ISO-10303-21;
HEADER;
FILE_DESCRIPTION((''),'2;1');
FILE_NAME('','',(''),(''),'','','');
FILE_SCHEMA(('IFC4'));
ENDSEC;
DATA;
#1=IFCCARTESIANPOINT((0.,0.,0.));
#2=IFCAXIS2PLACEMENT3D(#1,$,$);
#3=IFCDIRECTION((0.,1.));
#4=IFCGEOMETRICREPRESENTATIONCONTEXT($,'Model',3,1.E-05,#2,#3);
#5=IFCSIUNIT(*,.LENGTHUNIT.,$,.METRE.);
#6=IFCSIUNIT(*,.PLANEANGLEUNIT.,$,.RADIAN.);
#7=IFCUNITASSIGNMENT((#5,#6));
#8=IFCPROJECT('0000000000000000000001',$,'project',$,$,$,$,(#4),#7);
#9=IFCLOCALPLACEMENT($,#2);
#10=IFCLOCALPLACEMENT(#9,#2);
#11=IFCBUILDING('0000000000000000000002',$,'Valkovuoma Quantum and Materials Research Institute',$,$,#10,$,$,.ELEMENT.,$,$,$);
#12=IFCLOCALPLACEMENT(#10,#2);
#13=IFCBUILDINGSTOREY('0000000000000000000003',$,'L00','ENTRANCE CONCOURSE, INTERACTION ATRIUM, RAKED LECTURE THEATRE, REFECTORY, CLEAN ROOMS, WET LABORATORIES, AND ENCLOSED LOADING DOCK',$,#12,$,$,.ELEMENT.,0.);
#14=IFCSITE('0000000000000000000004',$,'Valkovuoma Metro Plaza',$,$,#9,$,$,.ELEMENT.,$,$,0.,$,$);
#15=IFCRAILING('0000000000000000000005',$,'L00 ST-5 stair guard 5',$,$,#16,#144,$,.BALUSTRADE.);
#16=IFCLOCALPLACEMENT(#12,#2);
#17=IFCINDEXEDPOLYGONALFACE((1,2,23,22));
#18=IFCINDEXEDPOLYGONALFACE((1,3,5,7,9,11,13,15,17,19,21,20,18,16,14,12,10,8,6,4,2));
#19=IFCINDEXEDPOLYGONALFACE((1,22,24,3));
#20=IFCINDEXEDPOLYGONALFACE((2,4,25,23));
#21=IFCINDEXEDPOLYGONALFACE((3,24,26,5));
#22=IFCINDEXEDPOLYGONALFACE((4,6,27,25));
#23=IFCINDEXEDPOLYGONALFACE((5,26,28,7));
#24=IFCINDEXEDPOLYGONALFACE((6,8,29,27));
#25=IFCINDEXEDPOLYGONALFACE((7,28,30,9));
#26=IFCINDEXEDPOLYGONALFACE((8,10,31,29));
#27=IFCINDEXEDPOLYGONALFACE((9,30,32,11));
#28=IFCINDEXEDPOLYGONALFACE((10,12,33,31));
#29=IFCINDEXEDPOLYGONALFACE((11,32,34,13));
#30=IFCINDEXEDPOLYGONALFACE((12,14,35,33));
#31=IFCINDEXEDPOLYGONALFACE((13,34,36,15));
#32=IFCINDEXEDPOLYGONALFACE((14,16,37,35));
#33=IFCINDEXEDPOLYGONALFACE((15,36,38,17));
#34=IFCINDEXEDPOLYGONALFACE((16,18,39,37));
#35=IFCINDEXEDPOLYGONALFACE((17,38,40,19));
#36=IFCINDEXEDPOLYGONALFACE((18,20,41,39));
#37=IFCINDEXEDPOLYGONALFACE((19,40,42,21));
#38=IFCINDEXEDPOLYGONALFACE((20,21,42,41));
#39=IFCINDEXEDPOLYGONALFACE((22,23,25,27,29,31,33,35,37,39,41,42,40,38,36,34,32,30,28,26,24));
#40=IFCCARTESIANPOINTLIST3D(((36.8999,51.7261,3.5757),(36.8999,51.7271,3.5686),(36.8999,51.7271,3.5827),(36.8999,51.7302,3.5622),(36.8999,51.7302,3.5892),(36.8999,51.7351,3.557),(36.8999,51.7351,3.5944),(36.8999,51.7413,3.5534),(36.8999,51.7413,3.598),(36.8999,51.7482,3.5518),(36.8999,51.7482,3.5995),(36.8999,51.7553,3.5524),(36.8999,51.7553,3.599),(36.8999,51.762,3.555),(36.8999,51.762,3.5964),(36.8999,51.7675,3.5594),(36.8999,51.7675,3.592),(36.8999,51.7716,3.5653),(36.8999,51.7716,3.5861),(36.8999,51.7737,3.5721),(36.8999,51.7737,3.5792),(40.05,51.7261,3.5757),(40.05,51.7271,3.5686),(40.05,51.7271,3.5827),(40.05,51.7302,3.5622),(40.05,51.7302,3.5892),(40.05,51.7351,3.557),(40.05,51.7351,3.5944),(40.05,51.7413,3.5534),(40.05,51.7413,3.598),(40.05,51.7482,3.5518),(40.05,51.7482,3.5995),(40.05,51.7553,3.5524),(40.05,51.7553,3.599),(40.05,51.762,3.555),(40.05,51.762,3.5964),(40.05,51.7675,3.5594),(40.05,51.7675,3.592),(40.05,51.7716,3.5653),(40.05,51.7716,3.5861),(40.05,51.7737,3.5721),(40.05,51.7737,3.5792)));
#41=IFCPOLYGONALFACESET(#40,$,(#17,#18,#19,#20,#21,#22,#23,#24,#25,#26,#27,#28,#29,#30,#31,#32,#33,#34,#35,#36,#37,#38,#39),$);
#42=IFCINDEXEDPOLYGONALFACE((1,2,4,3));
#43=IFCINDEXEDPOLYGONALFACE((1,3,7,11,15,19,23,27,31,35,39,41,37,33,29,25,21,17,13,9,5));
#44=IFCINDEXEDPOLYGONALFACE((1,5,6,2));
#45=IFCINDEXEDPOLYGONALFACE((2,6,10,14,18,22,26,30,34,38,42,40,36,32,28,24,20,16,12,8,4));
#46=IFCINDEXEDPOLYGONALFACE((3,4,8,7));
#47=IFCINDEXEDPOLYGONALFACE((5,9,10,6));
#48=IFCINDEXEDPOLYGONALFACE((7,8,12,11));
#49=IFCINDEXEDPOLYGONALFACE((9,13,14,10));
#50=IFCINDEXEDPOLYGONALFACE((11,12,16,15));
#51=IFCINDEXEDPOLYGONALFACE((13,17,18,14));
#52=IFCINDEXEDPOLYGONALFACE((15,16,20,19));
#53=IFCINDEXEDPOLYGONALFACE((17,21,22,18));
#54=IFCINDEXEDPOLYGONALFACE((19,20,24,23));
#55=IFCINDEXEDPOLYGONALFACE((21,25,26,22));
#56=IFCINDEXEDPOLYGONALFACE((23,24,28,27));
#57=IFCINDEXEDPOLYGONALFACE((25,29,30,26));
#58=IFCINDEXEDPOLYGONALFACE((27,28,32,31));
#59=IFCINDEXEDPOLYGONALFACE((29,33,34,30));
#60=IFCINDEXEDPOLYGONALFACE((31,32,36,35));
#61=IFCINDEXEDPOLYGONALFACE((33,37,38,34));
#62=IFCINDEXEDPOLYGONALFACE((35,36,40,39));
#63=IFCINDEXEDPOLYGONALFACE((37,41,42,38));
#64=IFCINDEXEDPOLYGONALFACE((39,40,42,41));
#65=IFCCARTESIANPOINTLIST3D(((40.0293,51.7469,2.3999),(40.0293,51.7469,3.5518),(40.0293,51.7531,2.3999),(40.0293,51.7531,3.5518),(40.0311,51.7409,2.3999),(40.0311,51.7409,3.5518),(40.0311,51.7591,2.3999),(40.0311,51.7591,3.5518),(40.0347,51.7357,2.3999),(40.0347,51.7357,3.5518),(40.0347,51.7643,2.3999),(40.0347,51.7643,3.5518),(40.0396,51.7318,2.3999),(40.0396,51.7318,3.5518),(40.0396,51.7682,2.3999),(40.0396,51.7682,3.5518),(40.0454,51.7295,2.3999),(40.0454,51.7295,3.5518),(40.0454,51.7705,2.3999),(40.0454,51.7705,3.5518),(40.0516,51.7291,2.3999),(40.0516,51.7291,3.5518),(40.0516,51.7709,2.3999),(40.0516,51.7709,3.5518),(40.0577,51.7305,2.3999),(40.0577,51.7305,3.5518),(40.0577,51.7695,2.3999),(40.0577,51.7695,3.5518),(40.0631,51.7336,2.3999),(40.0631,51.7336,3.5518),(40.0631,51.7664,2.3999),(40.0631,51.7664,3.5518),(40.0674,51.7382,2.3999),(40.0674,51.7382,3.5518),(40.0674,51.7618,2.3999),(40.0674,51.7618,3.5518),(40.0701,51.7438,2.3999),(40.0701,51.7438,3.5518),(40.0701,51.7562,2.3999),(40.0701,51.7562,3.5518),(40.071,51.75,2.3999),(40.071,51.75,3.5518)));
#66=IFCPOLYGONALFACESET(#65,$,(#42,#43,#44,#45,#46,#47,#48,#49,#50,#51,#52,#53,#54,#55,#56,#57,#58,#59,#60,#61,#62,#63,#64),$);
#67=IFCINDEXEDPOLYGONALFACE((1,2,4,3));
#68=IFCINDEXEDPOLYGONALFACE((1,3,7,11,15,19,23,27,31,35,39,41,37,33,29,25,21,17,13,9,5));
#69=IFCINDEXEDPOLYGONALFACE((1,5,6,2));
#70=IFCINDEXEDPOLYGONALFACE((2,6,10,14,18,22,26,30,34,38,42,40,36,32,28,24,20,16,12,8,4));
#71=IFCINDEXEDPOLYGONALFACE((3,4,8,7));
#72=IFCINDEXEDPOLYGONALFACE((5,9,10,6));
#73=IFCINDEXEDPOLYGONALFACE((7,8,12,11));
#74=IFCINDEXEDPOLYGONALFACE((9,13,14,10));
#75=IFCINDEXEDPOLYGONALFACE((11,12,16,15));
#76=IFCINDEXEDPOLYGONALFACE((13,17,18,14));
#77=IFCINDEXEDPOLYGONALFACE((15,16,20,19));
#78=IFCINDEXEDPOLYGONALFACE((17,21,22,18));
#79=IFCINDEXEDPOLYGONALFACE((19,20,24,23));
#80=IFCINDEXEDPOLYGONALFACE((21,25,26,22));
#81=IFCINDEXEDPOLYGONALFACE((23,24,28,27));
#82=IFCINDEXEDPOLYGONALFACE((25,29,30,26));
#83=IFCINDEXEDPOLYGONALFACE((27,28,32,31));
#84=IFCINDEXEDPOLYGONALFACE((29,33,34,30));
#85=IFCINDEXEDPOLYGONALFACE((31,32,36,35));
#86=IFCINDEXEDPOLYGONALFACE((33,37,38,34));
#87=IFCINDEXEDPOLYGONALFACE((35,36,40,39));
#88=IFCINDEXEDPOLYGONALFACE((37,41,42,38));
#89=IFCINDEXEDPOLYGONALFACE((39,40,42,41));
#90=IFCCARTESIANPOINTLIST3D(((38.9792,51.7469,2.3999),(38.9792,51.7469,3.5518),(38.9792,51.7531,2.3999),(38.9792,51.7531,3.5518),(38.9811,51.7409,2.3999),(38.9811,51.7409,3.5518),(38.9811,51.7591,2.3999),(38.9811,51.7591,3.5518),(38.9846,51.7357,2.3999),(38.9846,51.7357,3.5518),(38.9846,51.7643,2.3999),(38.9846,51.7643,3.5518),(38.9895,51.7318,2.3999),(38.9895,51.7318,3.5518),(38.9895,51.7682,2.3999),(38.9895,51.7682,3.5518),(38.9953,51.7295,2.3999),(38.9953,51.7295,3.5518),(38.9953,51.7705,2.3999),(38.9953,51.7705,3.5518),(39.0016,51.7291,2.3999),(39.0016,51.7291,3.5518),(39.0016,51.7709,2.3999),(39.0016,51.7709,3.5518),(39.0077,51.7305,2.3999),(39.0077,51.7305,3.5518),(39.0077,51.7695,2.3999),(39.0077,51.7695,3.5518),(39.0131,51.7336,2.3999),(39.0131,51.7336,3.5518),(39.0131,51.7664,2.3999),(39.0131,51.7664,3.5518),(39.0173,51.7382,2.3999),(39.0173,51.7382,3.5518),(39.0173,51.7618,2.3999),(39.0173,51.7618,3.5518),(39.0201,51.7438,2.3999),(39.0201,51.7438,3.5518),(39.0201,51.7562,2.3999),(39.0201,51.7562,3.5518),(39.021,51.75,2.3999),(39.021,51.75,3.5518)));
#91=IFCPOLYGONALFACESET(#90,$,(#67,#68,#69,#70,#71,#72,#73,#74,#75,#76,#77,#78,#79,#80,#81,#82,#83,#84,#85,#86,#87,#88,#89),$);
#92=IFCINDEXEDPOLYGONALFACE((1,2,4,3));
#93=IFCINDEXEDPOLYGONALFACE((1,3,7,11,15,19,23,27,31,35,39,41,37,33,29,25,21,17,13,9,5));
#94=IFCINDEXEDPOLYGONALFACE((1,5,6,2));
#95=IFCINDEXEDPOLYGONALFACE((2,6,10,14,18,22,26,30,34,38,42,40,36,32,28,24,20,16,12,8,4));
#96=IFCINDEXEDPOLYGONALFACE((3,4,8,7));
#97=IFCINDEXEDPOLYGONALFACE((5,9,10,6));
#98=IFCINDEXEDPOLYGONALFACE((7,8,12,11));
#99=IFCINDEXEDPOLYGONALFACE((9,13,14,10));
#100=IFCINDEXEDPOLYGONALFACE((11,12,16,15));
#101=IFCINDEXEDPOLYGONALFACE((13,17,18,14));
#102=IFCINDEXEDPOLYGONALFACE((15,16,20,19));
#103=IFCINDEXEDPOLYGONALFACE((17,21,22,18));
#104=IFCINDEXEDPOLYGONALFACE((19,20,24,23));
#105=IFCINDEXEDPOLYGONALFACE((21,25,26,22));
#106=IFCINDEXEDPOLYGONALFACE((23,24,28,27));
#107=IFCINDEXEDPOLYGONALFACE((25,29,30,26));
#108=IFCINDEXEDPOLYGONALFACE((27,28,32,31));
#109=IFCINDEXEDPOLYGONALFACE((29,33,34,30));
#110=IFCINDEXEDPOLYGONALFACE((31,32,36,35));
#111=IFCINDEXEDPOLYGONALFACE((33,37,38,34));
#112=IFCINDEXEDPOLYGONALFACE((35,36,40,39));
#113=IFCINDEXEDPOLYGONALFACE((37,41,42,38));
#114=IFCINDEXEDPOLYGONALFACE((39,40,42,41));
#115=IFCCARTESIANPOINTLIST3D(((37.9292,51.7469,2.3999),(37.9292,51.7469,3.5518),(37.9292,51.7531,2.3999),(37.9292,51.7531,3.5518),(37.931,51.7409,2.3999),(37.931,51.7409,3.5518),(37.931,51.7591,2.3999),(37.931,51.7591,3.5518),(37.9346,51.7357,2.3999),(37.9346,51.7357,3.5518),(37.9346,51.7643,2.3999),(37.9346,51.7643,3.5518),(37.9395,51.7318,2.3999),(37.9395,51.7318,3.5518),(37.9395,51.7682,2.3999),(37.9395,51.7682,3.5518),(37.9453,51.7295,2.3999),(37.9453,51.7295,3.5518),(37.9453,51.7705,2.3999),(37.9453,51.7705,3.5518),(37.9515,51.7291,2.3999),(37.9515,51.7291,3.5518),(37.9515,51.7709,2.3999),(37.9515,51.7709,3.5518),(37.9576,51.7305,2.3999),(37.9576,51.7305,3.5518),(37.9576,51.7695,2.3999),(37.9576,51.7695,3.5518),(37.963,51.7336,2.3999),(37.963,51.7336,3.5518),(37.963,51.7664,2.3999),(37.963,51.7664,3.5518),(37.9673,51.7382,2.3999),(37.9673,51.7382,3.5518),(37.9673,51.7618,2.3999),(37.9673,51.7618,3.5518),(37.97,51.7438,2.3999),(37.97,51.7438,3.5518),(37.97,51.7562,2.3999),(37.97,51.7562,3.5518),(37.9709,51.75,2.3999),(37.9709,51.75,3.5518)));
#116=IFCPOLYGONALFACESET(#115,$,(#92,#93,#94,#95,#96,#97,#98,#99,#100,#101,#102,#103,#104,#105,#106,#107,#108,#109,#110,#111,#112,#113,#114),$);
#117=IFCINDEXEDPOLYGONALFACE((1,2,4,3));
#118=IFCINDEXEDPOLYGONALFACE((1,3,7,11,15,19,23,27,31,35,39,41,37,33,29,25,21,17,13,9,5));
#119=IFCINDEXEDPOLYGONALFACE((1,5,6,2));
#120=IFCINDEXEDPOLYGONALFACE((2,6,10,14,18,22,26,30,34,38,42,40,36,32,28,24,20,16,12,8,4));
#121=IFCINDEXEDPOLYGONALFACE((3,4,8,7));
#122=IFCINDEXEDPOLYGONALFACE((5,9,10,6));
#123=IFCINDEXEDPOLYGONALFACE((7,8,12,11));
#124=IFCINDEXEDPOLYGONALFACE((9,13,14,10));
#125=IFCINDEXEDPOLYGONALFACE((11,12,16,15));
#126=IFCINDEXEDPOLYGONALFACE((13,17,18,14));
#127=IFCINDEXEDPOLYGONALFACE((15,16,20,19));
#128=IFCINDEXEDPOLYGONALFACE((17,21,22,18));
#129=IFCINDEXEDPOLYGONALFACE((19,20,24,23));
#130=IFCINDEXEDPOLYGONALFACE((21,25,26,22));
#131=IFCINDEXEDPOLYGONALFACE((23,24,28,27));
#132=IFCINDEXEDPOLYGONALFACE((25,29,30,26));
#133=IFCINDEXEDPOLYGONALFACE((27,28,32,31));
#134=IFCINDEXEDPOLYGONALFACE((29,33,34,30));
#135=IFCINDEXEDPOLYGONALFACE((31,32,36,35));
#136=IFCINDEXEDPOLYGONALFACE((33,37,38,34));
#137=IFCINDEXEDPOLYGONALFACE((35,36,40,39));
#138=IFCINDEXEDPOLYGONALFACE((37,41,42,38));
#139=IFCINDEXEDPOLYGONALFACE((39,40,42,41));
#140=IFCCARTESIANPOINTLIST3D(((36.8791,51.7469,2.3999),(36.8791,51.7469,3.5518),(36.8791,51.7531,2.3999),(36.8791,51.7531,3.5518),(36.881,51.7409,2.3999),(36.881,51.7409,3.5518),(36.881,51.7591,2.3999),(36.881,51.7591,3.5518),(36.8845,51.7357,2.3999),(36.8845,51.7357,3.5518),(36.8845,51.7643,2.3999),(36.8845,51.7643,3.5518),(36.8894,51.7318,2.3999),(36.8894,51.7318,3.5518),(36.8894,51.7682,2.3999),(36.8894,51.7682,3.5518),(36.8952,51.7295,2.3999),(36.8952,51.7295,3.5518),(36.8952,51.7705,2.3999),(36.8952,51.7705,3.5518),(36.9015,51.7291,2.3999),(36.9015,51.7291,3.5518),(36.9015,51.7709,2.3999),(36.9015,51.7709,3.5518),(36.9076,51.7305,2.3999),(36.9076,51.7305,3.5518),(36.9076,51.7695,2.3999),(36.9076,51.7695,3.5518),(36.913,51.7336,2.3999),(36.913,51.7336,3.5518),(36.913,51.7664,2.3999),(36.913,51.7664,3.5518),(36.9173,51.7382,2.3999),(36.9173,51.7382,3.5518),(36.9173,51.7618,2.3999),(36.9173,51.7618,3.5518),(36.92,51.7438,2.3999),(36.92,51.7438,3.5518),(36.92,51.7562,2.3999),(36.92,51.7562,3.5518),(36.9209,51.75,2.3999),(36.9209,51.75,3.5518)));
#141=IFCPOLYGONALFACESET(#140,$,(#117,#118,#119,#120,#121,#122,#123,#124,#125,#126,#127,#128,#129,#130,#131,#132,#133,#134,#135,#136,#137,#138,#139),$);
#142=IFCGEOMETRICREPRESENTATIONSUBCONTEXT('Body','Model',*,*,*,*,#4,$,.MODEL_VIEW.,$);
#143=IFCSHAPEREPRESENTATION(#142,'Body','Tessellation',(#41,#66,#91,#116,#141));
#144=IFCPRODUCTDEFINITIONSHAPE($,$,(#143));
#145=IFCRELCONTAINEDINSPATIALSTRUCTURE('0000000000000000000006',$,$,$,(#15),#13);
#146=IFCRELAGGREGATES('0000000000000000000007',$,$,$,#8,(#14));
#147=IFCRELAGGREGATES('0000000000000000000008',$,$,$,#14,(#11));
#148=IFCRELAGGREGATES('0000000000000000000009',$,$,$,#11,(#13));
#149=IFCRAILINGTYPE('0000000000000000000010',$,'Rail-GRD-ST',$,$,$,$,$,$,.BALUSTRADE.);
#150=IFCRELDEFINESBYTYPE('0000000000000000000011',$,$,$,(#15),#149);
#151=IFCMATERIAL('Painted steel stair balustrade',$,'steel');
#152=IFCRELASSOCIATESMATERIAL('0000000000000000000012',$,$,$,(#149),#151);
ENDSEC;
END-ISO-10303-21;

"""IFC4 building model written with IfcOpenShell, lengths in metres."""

from ifc_helpers import new_model, si_unit, direction, frame, origin, origin_2d, place, context, subcontext, project, spatial, circle, extrude, material, type_object, element, save


model = new_model("IFC4")

# Units and contexts
model_context = context("Model", 3, precision=1e-05, world=origin(), true_north=direction((0.0, 1.0)))
body_context = subcontext(model_context, "Body", "Model", "MODEL_VIEW")
ifc_project = project(units=[si_unit("LENGTHUNIT", "METRE"), si_unit("PLANEANGLEUNIT", "RADIAN")], contexts=[model_context])

# Site, building, storey
site_placement = place(None, origin())
site = spatial("IfcSite", under=ifc_project, at=site_placement, Name="Valkovuoma Metro Plaza", CompositionType="ELEMENT", RefElevation=0.0)
building_placement = place(site_placement, origin())
building = spatial("IfcBuilding", under=site, at=building_placement, Name="Valkovuoma Quantum and Materials Research Institute", CompositionType="ELEMENT")
storey_placement = place(building_placement, origin())
storey = spatial("IfcBuildingStorey", under=building, at=storey_placement, Name="L00", Description="ENTRANCE CONCOURSE, INTERACTION ATRIUM, RAKED LECTURE THEATRE, REFECTORY, CLEAN ROOMS, WET LABORATORIES, AND ENCLOSED LOADING DOCK", CompositionType="ELEMENT", Elevation=0.0)

# Railing
ifc_material_1 = material(Name="Painted steel stair balustrade", Category="steel")
railing_type_1 = type_object("IfcRailingType", Name="Rail-GRD-ST", PredefinedType="BALUSTRADE", material=ifc_material_1)
railing_1_placement = place(storey_placement, frame((40.05, 51.75, 2.3999)))
element("IfcRailing", 1, at=railing_1_placement, inside=storey, type_object=railing_type_1, Name="L00 ST-5 stair guard 5", PredefinedType="BALUSTRADE", context=body_context, shape_type="SweptSolid", body=[
    extrude(circle(Radius=0.0239, at=origin_2d()), frame((0.0, 0.0, 1.1758), z_axis=(-1.0, 0.0, 0.0), x_axis=(0.0, -1.0, 0.0)), (0.0, 0.0, 1.0), 3.1501),
    extrude(circle(Radius=0.021, at=origin_2d()), origin(), (0.0, 0.0, 1.0), 1.1519),
    extrude(circle(Radius=0.021, at=origin_2d()), frame((-1.05, 0.0, 0.0)), (0.0, 0.0, 1.0), 1.1519),
    extrude(circle(Radius=0.021, at=origin_2d()), frame((-2.1001, 0.0, 0.0)), (0.0, 0.0, 1.0), 1.1519),
    extrude(circle(Radius=0.021, at=origin_2d()), frame((-3.1501, 0.0, 0.0)), (0.0, 0.0, 1.0), 1.1519),
])

save(model, "model.ifc")
